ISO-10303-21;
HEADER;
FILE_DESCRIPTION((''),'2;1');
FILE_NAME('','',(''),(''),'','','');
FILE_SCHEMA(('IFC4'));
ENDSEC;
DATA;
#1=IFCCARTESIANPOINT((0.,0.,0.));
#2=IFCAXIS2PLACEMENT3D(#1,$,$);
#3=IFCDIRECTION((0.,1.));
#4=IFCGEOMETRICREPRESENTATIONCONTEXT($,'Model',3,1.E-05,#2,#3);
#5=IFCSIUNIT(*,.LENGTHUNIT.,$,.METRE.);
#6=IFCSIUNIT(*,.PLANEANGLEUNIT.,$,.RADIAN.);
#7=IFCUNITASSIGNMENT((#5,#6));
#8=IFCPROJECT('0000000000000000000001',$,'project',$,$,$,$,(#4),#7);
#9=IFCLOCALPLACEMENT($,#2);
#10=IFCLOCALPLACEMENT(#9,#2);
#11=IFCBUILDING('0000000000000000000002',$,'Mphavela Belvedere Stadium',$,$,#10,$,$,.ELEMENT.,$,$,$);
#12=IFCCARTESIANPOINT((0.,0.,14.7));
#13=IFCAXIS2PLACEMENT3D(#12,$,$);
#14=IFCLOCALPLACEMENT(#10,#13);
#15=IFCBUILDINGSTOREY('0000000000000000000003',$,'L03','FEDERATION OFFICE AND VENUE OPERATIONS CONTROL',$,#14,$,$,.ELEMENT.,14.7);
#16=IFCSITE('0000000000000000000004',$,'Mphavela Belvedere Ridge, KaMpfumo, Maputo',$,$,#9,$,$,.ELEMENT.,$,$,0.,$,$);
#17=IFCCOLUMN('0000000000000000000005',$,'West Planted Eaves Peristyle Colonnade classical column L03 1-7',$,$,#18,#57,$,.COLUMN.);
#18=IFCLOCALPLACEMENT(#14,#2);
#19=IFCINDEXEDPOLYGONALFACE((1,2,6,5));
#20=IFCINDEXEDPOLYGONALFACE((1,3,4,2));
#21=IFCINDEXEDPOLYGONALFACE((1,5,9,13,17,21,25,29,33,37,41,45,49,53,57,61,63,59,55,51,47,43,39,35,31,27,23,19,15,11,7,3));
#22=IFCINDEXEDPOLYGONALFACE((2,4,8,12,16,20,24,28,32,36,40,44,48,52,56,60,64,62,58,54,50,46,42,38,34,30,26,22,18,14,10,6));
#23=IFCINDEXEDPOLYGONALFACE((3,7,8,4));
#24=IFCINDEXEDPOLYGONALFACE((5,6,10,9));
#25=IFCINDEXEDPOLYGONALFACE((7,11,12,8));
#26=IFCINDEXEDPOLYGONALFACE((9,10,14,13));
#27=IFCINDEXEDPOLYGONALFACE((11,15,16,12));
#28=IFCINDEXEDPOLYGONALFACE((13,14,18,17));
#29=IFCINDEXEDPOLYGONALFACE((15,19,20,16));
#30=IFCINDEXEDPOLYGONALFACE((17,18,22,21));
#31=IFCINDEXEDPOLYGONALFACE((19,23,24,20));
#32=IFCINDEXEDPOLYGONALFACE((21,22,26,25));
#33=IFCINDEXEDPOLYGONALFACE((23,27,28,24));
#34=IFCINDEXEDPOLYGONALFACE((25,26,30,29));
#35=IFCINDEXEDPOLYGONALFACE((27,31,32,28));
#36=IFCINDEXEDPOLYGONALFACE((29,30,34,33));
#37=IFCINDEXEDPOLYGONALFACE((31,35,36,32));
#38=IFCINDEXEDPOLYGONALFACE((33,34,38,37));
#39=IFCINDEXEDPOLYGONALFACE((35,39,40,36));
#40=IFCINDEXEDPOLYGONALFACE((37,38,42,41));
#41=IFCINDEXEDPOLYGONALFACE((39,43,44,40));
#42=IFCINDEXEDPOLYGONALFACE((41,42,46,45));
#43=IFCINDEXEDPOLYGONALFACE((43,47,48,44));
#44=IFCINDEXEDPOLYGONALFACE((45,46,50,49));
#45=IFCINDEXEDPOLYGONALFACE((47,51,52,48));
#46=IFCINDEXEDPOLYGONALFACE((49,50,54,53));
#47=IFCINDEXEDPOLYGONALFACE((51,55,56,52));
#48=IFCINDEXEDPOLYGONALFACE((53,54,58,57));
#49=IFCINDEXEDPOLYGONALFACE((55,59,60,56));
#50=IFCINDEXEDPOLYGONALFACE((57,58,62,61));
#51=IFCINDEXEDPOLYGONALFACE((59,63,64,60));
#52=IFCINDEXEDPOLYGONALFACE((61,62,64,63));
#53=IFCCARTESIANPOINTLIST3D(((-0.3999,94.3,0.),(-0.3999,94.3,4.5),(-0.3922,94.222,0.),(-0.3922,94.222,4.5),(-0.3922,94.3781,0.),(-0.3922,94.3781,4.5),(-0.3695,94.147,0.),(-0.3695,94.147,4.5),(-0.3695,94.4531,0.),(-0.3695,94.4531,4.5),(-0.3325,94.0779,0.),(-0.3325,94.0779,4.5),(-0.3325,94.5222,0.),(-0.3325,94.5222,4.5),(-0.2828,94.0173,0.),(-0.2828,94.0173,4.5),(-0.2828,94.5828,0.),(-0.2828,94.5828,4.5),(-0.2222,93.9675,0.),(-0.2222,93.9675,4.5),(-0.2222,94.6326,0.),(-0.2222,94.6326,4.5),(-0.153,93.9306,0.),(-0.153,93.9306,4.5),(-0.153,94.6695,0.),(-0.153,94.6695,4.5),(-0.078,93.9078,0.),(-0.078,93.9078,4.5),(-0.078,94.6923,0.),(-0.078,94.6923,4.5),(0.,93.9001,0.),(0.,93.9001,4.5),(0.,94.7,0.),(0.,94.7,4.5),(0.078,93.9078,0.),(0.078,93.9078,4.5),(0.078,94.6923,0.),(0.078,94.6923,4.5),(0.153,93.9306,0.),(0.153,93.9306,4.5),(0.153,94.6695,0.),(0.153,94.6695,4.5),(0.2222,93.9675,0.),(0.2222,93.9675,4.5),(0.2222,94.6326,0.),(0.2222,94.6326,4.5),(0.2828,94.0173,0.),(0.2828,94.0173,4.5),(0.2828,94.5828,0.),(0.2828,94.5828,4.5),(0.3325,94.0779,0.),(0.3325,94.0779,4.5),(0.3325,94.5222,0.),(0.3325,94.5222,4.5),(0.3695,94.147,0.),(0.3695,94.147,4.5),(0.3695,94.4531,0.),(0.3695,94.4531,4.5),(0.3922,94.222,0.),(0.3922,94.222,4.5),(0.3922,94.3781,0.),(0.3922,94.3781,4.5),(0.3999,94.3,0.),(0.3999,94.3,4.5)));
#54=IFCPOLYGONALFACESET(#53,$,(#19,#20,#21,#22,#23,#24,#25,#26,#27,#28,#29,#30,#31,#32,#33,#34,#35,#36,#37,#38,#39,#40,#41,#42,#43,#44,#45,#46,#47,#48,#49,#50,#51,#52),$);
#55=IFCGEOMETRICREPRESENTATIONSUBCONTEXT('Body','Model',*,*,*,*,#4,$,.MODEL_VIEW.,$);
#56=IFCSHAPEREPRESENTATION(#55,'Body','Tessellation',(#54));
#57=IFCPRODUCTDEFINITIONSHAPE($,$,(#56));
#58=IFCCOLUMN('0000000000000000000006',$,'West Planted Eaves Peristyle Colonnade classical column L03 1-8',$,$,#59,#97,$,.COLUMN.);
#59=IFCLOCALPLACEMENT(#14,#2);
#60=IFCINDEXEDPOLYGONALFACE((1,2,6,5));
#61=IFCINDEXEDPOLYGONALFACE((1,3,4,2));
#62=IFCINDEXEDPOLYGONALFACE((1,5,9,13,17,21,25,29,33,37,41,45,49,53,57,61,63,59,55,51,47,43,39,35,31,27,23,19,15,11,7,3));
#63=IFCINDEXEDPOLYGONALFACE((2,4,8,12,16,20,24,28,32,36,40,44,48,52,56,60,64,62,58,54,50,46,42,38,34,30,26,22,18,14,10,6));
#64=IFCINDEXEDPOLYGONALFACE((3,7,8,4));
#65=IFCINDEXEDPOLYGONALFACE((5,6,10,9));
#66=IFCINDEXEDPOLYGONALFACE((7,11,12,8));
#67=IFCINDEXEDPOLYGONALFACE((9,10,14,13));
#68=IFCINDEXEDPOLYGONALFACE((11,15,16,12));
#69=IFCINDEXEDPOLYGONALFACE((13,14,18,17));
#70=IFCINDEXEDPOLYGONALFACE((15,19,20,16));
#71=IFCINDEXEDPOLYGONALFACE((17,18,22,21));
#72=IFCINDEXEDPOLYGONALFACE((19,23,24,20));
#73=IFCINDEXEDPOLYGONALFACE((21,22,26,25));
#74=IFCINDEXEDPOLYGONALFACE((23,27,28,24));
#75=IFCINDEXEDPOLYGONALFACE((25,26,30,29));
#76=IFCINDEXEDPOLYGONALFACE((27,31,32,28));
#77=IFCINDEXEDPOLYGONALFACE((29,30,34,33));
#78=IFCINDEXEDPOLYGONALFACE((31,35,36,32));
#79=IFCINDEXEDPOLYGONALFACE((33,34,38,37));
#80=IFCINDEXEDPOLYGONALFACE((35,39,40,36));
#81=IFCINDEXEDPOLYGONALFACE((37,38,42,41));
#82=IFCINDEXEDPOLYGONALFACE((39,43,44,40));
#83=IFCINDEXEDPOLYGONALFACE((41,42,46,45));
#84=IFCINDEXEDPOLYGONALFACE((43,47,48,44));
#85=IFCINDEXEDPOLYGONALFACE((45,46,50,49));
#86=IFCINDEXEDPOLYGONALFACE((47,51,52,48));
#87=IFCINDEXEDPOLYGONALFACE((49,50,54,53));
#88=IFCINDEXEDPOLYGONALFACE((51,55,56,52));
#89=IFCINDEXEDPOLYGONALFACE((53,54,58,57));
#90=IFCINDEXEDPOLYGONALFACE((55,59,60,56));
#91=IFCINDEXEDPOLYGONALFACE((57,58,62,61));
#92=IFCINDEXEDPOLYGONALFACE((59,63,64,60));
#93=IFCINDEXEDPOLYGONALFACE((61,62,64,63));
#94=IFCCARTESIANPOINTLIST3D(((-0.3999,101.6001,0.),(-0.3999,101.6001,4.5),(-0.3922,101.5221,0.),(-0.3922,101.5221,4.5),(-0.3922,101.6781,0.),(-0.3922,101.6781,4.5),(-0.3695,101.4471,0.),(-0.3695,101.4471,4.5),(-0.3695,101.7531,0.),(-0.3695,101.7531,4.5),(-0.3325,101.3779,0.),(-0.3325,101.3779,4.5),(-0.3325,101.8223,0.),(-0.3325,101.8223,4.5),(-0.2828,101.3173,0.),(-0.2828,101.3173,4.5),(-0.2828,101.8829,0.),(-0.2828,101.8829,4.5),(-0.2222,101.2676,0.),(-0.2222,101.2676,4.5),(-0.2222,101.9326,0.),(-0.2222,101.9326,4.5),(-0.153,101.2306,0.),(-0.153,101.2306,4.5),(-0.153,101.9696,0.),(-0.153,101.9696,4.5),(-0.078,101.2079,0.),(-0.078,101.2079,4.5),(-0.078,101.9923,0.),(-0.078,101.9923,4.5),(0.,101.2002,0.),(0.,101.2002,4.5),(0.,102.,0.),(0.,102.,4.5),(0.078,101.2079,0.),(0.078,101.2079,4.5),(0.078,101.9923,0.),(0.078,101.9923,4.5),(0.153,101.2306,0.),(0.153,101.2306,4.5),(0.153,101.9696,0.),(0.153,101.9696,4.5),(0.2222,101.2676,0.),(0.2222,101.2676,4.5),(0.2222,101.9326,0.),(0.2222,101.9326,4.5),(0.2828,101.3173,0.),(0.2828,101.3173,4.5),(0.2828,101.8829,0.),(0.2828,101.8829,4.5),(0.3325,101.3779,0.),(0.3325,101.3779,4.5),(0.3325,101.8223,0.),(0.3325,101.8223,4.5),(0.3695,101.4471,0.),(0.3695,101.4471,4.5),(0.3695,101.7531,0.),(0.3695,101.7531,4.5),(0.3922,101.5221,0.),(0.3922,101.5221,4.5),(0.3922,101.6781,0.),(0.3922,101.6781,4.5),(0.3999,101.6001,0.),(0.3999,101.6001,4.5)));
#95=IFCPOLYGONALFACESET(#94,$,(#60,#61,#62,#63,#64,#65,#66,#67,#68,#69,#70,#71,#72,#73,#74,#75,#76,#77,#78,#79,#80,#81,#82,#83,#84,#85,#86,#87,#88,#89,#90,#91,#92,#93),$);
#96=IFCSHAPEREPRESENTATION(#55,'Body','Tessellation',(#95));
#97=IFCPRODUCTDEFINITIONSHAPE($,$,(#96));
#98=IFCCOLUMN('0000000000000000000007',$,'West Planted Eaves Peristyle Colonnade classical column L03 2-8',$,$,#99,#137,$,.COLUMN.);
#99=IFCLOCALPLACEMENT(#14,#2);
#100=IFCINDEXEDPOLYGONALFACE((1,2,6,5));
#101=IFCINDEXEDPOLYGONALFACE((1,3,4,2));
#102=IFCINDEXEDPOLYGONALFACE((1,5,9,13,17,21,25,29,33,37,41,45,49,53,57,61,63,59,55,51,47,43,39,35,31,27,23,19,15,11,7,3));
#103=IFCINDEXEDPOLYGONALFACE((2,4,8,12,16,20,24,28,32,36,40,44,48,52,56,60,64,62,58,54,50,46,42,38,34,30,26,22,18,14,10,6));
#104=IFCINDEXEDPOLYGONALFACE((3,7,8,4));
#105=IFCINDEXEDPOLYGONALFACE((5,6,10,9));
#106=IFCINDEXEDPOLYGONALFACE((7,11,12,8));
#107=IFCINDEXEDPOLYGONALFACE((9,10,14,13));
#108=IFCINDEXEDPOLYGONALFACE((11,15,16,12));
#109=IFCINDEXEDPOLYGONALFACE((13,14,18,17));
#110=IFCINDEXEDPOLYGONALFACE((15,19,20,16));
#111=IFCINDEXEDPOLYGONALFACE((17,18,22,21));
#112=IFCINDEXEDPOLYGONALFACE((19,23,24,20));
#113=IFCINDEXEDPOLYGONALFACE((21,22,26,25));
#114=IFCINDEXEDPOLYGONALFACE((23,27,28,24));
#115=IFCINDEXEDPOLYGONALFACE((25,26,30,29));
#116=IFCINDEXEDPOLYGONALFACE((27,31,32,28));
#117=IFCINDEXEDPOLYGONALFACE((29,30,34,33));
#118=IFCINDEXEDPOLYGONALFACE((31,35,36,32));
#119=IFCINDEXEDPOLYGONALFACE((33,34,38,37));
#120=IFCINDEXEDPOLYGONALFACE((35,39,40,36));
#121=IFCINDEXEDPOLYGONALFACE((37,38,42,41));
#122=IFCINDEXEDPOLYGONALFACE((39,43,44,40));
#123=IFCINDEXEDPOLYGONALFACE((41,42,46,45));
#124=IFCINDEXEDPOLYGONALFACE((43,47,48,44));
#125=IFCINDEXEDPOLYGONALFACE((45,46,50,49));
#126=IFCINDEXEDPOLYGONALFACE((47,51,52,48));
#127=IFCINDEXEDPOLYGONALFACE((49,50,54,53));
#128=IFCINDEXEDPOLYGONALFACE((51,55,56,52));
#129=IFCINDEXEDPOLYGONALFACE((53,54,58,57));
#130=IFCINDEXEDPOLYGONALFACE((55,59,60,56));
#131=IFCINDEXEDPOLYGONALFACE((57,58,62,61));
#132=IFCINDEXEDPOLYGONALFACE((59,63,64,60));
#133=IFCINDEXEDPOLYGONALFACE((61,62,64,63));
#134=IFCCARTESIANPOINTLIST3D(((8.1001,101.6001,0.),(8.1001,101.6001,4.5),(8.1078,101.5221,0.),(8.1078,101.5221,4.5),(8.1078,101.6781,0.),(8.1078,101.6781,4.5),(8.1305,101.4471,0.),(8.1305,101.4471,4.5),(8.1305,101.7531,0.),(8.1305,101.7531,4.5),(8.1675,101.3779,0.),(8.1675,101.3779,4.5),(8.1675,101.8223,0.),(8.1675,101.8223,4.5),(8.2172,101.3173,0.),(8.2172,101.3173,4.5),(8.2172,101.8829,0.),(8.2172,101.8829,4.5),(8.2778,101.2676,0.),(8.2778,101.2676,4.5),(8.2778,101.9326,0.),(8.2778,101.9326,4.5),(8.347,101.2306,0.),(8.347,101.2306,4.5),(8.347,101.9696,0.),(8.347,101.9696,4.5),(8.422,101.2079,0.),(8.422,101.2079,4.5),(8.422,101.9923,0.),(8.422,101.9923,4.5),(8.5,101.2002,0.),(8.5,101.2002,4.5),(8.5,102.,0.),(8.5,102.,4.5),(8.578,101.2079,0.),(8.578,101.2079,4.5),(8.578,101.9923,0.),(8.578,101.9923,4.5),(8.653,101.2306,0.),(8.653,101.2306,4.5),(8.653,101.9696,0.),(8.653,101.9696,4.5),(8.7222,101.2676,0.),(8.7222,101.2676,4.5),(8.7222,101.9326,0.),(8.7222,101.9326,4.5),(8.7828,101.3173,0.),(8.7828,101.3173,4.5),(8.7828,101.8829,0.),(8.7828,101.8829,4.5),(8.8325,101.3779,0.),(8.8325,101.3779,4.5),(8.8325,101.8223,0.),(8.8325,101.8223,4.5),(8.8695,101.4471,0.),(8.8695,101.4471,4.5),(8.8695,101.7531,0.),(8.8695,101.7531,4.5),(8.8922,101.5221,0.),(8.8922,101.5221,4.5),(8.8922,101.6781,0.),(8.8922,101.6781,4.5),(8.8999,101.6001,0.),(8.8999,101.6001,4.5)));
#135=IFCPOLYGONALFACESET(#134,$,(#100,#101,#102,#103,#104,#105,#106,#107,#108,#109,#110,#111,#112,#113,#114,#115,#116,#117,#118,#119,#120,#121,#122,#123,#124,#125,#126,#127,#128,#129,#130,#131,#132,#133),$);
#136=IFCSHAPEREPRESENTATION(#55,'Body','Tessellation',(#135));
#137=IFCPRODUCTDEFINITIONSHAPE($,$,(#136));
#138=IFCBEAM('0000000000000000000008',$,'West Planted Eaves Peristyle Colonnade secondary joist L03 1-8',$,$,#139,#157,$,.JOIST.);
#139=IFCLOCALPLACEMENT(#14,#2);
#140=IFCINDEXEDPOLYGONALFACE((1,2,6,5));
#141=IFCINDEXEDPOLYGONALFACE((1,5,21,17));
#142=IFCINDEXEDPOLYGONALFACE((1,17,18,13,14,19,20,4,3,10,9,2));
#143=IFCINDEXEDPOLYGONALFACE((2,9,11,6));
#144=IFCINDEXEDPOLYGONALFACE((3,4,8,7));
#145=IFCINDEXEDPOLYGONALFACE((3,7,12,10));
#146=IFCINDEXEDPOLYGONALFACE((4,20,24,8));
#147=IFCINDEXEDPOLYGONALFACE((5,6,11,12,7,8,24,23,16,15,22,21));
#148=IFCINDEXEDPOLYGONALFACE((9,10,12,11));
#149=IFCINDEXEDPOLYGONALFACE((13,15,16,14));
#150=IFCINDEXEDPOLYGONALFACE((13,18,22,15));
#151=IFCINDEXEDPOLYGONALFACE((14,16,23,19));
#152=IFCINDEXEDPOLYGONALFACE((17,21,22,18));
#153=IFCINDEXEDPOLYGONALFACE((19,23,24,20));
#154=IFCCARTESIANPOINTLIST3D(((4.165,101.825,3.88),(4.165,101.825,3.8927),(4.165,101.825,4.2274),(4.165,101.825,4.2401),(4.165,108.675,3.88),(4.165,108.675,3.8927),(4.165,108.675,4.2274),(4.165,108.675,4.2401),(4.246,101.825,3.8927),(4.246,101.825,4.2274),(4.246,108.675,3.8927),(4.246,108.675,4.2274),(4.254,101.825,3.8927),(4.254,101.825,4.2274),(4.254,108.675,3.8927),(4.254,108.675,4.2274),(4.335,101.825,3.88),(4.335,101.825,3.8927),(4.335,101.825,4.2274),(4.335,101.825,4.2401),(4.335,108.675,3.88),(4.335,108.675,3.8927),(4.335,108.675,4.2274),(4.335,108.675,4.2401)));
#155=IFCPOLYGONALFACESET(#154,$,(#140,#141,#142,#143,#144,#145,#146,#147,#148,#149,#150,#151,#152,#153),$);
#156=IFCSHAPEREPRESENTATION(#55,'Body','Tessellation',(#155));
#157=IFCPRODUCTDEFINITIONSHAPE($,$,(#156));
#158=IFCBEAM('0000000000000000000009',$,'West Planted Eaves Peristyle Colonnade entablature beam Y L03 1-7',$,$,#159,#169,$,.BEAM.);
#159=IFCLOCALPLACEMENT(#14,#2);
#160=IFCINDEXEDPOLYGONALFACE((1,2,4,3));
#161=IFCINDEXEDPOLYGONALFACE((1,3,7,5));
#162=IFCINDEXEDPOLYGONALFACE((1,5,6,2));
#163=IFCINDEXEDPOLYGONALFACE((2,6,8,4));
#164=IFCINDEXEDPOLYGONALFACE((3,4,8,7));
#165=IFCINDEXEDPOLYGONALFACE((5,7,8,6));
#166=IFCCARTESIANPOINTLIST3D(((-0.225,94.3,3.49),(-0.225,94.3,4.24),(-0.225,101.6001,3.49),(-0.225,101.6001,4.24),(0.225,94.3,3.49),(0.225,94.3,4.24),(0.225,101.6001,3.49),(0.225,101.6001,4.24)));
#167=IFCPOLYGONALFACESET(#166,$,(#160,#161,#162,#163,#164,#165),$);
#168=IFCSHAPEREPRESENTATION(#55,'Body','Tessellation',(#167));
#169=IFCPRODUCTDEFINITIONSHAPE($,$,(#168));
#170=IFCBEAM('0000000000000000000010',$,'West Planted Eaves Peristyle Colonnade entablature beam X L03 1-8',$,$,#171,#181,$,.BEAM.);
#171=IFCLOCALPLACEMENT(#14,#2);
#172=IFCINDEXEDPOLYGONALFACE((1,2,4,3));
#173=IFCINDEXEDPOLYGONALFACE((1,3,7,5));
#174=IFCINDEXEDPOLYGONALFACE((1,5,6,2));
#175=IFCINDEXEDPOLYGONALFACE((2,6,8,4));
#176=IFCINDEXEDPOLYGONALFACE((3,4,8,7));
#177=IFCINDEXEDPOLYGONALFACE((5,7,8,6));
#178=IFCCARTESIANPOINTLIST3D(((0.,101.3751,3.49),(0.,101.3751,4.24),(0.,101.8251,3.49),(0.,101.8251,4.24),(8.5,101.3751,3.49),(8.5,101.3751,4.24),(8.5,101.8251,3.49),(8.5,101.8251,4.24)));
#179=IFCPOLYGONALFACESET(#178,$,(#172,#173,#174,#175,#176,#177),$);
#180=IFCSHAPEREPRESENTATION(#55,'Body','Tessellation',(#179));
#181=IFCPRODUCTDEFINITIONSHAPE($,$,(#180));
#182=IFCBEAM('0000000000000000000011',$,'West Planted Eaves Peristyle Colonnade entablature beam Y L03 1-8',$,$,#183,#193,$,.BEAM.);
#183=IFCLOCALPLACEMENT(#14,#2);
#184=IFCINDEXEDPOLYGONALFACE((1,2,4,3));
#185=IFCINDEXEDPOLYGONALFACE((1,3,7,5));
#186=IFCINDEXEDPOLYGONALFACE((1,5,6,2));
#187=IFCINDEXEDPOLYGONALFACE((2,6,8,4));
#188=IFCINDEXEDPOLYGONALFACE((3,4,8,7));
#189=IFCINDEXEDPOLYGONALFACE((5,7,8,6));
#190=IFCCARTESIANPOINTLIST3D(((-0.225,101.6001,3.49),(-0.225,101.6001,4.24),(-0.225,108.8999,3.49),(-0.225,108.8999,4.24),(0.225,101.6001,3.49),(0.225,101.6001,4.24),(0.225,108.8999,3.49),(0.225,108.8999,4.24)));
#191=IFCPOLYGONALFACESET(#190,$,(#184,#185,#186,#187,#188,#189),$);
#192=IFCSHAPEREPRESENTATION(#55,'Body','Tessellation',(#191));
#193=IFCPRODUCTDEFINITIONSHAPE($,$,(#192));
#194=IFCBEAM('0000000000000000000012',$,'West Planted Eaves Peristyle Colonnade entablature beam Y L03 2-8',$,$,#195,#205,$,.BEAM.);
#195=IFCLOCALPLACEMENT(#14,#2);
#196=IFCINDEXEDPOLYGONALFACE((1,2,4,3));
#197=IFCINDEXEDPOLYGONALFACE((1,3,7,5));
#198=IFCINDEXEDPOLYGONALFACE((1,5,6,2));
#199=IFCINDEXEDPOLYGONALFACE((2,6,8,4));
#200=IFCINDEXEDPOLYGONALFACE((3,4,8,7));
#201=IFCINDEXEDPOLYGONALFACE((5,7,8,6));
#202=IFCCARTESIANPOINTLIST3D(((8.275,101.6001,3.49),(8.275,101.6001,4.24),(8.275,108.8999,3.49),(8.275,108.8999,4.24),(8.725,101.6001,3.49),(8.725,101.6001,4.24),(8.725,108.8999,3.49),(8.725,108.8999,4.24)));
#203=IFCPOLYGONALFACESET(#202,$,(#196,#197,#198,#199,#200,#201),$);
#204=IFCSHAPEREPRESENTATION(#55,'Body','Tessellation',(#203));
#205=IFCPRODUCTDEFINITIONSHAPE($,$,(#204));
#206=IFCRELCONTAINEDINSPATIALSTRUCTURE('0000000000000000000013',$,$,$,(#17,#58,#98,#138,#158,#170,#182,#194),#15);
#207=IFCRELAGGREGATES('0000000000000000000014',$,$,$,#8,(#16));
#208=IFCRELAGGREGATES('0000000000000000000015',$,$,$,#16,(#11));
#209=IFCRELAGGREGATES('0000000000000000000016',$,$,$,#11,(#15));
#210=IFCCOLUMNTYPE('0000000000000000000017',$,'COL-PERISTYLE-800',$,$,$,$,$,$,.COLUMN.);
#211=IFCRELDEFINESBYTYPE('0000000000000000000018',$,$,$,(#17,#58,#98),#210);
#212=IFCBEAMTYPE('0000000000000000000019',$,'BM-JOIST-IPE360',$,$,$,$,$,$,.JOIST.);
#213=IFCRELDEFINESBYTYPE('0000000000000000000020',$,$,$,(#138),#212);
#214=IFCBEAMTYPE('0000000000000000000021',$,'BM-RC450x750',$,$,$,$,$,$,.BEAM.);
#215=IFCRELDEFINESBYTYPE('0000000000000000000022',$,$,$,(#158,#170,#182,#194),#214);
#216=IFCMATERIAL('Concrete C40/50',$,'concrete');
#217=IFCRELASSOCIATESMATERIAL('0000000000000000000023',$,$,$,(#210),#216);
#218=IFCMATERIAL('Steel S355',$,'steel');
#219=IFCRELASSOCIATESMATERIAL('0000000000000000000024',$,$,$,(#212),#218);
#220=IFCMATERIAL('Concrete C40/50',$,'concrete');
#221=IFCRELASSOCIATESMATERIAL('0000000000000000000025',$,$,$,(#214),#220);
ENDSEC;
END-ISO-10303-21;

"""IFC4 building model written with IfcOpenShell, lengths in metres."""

from ifc_helpers import new_model, si_unit, direction, frame, origin, origin_2d, place, context, subcontext, project, spatial, rectangle, circle, i_section, extrude, material, material_profile, profile_set, type_object, element, save


model = new_model("IFC4")

# Units and contexts
model_context = context("Model", 3, precision=1e-05, world=origin(), true_north=direction((0.0, 1.0)))
body_context = subcontext(model_context, "Body", "Model", "MODEL_VIEW")
ifc_project = project(units=[si_unit("LENGTHUNIT", "METRE"), si_unit("PLANEANGLEUNIT", "RADIAN")], contexts=[model_context])

# Site, building, storey
site_placement = place(None, origin())
site = spatial("IfcSite", under=ifc_project, at=site_placement, Name="Mphavela Belvedere Ridge, KaMpfumo, Maputo", CompositionType="ELEMENT", RefElevation=0.0)
building_placement = place(site_placement, origin())
building = spatial("IfcBuilding", under=site, at=building_placement, Name="Mphavela Belvedere Stadium", CompositionType="ELEMENT")
storey_placement = place(building_placement, frame((0.0, 0.0, 14.7)))
storey = spatial("IfcBuildingStorey", under=building, at=storey_placement, Name="L03", Description="FEDERATION OFFICE AND VENUE OPERATIONS CONTROL", CompositionType="ELEMENT", Elevation=14.7)

# Columns
ifc_material_1 = material(Name="Concrete C40/50", Category="concrete")
ifc_material_profile_1 = material_profile(ifc_material_1, circle(Radius=0.3999, at=origin_2d()), Name="COL D800")
ifc_profile_set_1 = profile_set([ifc_material_profile_1], Name="Concrete C40/50")
column_type = type_object("IfcColumnType", Name="COL-PERISTYLE-800", PredefinedType="COLUMN", material=ifc_profile_set_1)
for number, where, z_axis, x_axis, name in (
    (1, (0.0, 94.3, 0.0), (0.0, 0.0, 1.0), (1.0, 0.0, 0.0), "West Planted Eaves Peristyle Colonnade classical column L03 1-7"),
    (2, (0.0, 101.6001, 0.0), (0.0, 0.0, 1.0), (1.0, 0.0, 0.0), "West Planted Eaves Peristyle Colonnade classical column L03 1-8"),
    (3, (8.5, 101.6001, 0.0), (0.0, 0.0, 1.0), (1.0, 0.0, 0.0), "West Planted Eaves Peristyle Colonnade classical column L03 2-8"),
):
    element("IfcColumn", number, at=place(storey_placement, frame(where, z_axis=z_axis, x_axis=x_axis)), inside=storey, type_object=column_type, Name=name, PredefinedType="COLUMN", context=body_context, shape_type="SweptSolid", body=[
        extrude(circle(Radius=0.3999, at=origin_2d()), origin(), (0.0, 0.0, 1.0), 4.5),
    ])

# Beams
ifc_material_2 = material(Name="Steel S355", Category="steel")
ifc_material_profile_2 = material_profile(ifc_material_2, i_section(OverallWidth=0.1699, OverallDepth=0.3601, WebThickness=0.0081, FlangeThickness=0.0127, at=origin_2d()), Name="IPE 360")
ifc_profile_set_2 = profile_set([ifc_material_profile_2], Name="Steel S355")
beam_type_1 = type_object("IfcBeamType", Name="BM-JOIST-IPE360", PredefinedType="JOIST", material=ifc_profile_set_2)
beam_1_placement = place(storey_placement, frame((4.25, 101.825, 4.0601), z_axis=(0.0, 1.0, 0.0), x_axis=(-1.0, 0.0, 0.0)))
element("IfcBeam", 4, at=beam_1_placement, inside=storey, type_object=beam_type_1, Name="West Planted Eaves Peristyle Colonnade secondary joist L03 1-8", PredefinedType="JOIST", context=body_context, shape_type="SweptSolid", body=[
    extrude(i_section(OverallWidth=0.1699, OverallDepth=0.3601, WebThickness=0.0081, FlangeThickness=0.0127, at=origin_2d()), origin(), (0.0, 0.0, 1.0), 6.8501),
])
ifc_material_3 = material(Name="Concrete C40/50", Category="concrete")
ifc_material_profile_3 = material_profile(ifc_material_3, rectangle(XDim=0.45, YDim=0.75, at=origin_2d()), Name="RC 450x750")
ifc_profile_set_3 = profile_set([ifc_material_profile_3], Name="Concrete C40/50")
beam_type_2 = type_object("IfcBeamType", Name="BM-RC450x750", PredefinedType="BEAM", material=ifc_profile_set_3)
beam_2_placement = place(storey_placement, frame((0.0, 94.3, 3.865), z_axis=(0.0, 1.0, 0.0), x_axis=(-1.0, 0.0, 0.0)))
element("IfcBeam", 5, at=beam_2_placement, inside=storey, type_object=beam_type_2, Name="West Planted Eaves Peristyle Colonnade entablature beam Y L03 1-7", PredefinedType="BEAM", context=body_context, shape_type="SweptSolid", body=[
    extrude(rectangle(XDim=0.45, YDim=0.75, at=origin_2d()), origin(), (0.0, 0.0, 1.0), 7.3),
])
beam_3_placement = place(storey_placement, frame((0.0, 101.6001, 3.865), z_axis=(1.0, 0.0, 0.0), x_axis=(0.0, 1.0, 0.0)))
element("IfcBeam", 6, at=beam_3_placement, inside=storey, type_object=beam_type_2, Name="West Planted Eaves Peristyle Colonnade entablature beam X L03 1-8", PredefinedType="BEAM", context=body_context, shape_type="SweptSolid", body=[
    extrude(rectangle(XDim=0.45, YDim=0.75, at=origin_2d()), origin(), (0.0, 0.0, 1.0), 8.5),
])
for number, where, z_axis, x_axis, name in (
    (7, (0.0, 101.6001, 3.865), (0.0, 1.0, 0.0), (-1.0, 0.0, 0.0), "West Planted Eaves Peristyle Colonnade entablature beam Y L03 1-8"),
    (8, (8.5, 101.6001, 3.865), (0.0, 1.0, 0.0), (-1.0, 0.0, 0.0), "West Planted Eaves Peristyle Colonnade entablature beam Y L03 2-8"),
):
    element("IfcBeam", number, at=place(storey_placement, frame(where, z_axis=z_axis, x_axis=x_axis)), inside=storey, type_object=beam_type_2, Name=name, PredefinedType="BEAM", context=body_context, shape_type="SweptSolid", body=[
        extrude(rectangle(XDim=0.45, YDim=0.75, at=origin_2d()), origin(), (0.0, 0.0, 1.0), 7.2998),
    ])

save(model, "model.ifc")
